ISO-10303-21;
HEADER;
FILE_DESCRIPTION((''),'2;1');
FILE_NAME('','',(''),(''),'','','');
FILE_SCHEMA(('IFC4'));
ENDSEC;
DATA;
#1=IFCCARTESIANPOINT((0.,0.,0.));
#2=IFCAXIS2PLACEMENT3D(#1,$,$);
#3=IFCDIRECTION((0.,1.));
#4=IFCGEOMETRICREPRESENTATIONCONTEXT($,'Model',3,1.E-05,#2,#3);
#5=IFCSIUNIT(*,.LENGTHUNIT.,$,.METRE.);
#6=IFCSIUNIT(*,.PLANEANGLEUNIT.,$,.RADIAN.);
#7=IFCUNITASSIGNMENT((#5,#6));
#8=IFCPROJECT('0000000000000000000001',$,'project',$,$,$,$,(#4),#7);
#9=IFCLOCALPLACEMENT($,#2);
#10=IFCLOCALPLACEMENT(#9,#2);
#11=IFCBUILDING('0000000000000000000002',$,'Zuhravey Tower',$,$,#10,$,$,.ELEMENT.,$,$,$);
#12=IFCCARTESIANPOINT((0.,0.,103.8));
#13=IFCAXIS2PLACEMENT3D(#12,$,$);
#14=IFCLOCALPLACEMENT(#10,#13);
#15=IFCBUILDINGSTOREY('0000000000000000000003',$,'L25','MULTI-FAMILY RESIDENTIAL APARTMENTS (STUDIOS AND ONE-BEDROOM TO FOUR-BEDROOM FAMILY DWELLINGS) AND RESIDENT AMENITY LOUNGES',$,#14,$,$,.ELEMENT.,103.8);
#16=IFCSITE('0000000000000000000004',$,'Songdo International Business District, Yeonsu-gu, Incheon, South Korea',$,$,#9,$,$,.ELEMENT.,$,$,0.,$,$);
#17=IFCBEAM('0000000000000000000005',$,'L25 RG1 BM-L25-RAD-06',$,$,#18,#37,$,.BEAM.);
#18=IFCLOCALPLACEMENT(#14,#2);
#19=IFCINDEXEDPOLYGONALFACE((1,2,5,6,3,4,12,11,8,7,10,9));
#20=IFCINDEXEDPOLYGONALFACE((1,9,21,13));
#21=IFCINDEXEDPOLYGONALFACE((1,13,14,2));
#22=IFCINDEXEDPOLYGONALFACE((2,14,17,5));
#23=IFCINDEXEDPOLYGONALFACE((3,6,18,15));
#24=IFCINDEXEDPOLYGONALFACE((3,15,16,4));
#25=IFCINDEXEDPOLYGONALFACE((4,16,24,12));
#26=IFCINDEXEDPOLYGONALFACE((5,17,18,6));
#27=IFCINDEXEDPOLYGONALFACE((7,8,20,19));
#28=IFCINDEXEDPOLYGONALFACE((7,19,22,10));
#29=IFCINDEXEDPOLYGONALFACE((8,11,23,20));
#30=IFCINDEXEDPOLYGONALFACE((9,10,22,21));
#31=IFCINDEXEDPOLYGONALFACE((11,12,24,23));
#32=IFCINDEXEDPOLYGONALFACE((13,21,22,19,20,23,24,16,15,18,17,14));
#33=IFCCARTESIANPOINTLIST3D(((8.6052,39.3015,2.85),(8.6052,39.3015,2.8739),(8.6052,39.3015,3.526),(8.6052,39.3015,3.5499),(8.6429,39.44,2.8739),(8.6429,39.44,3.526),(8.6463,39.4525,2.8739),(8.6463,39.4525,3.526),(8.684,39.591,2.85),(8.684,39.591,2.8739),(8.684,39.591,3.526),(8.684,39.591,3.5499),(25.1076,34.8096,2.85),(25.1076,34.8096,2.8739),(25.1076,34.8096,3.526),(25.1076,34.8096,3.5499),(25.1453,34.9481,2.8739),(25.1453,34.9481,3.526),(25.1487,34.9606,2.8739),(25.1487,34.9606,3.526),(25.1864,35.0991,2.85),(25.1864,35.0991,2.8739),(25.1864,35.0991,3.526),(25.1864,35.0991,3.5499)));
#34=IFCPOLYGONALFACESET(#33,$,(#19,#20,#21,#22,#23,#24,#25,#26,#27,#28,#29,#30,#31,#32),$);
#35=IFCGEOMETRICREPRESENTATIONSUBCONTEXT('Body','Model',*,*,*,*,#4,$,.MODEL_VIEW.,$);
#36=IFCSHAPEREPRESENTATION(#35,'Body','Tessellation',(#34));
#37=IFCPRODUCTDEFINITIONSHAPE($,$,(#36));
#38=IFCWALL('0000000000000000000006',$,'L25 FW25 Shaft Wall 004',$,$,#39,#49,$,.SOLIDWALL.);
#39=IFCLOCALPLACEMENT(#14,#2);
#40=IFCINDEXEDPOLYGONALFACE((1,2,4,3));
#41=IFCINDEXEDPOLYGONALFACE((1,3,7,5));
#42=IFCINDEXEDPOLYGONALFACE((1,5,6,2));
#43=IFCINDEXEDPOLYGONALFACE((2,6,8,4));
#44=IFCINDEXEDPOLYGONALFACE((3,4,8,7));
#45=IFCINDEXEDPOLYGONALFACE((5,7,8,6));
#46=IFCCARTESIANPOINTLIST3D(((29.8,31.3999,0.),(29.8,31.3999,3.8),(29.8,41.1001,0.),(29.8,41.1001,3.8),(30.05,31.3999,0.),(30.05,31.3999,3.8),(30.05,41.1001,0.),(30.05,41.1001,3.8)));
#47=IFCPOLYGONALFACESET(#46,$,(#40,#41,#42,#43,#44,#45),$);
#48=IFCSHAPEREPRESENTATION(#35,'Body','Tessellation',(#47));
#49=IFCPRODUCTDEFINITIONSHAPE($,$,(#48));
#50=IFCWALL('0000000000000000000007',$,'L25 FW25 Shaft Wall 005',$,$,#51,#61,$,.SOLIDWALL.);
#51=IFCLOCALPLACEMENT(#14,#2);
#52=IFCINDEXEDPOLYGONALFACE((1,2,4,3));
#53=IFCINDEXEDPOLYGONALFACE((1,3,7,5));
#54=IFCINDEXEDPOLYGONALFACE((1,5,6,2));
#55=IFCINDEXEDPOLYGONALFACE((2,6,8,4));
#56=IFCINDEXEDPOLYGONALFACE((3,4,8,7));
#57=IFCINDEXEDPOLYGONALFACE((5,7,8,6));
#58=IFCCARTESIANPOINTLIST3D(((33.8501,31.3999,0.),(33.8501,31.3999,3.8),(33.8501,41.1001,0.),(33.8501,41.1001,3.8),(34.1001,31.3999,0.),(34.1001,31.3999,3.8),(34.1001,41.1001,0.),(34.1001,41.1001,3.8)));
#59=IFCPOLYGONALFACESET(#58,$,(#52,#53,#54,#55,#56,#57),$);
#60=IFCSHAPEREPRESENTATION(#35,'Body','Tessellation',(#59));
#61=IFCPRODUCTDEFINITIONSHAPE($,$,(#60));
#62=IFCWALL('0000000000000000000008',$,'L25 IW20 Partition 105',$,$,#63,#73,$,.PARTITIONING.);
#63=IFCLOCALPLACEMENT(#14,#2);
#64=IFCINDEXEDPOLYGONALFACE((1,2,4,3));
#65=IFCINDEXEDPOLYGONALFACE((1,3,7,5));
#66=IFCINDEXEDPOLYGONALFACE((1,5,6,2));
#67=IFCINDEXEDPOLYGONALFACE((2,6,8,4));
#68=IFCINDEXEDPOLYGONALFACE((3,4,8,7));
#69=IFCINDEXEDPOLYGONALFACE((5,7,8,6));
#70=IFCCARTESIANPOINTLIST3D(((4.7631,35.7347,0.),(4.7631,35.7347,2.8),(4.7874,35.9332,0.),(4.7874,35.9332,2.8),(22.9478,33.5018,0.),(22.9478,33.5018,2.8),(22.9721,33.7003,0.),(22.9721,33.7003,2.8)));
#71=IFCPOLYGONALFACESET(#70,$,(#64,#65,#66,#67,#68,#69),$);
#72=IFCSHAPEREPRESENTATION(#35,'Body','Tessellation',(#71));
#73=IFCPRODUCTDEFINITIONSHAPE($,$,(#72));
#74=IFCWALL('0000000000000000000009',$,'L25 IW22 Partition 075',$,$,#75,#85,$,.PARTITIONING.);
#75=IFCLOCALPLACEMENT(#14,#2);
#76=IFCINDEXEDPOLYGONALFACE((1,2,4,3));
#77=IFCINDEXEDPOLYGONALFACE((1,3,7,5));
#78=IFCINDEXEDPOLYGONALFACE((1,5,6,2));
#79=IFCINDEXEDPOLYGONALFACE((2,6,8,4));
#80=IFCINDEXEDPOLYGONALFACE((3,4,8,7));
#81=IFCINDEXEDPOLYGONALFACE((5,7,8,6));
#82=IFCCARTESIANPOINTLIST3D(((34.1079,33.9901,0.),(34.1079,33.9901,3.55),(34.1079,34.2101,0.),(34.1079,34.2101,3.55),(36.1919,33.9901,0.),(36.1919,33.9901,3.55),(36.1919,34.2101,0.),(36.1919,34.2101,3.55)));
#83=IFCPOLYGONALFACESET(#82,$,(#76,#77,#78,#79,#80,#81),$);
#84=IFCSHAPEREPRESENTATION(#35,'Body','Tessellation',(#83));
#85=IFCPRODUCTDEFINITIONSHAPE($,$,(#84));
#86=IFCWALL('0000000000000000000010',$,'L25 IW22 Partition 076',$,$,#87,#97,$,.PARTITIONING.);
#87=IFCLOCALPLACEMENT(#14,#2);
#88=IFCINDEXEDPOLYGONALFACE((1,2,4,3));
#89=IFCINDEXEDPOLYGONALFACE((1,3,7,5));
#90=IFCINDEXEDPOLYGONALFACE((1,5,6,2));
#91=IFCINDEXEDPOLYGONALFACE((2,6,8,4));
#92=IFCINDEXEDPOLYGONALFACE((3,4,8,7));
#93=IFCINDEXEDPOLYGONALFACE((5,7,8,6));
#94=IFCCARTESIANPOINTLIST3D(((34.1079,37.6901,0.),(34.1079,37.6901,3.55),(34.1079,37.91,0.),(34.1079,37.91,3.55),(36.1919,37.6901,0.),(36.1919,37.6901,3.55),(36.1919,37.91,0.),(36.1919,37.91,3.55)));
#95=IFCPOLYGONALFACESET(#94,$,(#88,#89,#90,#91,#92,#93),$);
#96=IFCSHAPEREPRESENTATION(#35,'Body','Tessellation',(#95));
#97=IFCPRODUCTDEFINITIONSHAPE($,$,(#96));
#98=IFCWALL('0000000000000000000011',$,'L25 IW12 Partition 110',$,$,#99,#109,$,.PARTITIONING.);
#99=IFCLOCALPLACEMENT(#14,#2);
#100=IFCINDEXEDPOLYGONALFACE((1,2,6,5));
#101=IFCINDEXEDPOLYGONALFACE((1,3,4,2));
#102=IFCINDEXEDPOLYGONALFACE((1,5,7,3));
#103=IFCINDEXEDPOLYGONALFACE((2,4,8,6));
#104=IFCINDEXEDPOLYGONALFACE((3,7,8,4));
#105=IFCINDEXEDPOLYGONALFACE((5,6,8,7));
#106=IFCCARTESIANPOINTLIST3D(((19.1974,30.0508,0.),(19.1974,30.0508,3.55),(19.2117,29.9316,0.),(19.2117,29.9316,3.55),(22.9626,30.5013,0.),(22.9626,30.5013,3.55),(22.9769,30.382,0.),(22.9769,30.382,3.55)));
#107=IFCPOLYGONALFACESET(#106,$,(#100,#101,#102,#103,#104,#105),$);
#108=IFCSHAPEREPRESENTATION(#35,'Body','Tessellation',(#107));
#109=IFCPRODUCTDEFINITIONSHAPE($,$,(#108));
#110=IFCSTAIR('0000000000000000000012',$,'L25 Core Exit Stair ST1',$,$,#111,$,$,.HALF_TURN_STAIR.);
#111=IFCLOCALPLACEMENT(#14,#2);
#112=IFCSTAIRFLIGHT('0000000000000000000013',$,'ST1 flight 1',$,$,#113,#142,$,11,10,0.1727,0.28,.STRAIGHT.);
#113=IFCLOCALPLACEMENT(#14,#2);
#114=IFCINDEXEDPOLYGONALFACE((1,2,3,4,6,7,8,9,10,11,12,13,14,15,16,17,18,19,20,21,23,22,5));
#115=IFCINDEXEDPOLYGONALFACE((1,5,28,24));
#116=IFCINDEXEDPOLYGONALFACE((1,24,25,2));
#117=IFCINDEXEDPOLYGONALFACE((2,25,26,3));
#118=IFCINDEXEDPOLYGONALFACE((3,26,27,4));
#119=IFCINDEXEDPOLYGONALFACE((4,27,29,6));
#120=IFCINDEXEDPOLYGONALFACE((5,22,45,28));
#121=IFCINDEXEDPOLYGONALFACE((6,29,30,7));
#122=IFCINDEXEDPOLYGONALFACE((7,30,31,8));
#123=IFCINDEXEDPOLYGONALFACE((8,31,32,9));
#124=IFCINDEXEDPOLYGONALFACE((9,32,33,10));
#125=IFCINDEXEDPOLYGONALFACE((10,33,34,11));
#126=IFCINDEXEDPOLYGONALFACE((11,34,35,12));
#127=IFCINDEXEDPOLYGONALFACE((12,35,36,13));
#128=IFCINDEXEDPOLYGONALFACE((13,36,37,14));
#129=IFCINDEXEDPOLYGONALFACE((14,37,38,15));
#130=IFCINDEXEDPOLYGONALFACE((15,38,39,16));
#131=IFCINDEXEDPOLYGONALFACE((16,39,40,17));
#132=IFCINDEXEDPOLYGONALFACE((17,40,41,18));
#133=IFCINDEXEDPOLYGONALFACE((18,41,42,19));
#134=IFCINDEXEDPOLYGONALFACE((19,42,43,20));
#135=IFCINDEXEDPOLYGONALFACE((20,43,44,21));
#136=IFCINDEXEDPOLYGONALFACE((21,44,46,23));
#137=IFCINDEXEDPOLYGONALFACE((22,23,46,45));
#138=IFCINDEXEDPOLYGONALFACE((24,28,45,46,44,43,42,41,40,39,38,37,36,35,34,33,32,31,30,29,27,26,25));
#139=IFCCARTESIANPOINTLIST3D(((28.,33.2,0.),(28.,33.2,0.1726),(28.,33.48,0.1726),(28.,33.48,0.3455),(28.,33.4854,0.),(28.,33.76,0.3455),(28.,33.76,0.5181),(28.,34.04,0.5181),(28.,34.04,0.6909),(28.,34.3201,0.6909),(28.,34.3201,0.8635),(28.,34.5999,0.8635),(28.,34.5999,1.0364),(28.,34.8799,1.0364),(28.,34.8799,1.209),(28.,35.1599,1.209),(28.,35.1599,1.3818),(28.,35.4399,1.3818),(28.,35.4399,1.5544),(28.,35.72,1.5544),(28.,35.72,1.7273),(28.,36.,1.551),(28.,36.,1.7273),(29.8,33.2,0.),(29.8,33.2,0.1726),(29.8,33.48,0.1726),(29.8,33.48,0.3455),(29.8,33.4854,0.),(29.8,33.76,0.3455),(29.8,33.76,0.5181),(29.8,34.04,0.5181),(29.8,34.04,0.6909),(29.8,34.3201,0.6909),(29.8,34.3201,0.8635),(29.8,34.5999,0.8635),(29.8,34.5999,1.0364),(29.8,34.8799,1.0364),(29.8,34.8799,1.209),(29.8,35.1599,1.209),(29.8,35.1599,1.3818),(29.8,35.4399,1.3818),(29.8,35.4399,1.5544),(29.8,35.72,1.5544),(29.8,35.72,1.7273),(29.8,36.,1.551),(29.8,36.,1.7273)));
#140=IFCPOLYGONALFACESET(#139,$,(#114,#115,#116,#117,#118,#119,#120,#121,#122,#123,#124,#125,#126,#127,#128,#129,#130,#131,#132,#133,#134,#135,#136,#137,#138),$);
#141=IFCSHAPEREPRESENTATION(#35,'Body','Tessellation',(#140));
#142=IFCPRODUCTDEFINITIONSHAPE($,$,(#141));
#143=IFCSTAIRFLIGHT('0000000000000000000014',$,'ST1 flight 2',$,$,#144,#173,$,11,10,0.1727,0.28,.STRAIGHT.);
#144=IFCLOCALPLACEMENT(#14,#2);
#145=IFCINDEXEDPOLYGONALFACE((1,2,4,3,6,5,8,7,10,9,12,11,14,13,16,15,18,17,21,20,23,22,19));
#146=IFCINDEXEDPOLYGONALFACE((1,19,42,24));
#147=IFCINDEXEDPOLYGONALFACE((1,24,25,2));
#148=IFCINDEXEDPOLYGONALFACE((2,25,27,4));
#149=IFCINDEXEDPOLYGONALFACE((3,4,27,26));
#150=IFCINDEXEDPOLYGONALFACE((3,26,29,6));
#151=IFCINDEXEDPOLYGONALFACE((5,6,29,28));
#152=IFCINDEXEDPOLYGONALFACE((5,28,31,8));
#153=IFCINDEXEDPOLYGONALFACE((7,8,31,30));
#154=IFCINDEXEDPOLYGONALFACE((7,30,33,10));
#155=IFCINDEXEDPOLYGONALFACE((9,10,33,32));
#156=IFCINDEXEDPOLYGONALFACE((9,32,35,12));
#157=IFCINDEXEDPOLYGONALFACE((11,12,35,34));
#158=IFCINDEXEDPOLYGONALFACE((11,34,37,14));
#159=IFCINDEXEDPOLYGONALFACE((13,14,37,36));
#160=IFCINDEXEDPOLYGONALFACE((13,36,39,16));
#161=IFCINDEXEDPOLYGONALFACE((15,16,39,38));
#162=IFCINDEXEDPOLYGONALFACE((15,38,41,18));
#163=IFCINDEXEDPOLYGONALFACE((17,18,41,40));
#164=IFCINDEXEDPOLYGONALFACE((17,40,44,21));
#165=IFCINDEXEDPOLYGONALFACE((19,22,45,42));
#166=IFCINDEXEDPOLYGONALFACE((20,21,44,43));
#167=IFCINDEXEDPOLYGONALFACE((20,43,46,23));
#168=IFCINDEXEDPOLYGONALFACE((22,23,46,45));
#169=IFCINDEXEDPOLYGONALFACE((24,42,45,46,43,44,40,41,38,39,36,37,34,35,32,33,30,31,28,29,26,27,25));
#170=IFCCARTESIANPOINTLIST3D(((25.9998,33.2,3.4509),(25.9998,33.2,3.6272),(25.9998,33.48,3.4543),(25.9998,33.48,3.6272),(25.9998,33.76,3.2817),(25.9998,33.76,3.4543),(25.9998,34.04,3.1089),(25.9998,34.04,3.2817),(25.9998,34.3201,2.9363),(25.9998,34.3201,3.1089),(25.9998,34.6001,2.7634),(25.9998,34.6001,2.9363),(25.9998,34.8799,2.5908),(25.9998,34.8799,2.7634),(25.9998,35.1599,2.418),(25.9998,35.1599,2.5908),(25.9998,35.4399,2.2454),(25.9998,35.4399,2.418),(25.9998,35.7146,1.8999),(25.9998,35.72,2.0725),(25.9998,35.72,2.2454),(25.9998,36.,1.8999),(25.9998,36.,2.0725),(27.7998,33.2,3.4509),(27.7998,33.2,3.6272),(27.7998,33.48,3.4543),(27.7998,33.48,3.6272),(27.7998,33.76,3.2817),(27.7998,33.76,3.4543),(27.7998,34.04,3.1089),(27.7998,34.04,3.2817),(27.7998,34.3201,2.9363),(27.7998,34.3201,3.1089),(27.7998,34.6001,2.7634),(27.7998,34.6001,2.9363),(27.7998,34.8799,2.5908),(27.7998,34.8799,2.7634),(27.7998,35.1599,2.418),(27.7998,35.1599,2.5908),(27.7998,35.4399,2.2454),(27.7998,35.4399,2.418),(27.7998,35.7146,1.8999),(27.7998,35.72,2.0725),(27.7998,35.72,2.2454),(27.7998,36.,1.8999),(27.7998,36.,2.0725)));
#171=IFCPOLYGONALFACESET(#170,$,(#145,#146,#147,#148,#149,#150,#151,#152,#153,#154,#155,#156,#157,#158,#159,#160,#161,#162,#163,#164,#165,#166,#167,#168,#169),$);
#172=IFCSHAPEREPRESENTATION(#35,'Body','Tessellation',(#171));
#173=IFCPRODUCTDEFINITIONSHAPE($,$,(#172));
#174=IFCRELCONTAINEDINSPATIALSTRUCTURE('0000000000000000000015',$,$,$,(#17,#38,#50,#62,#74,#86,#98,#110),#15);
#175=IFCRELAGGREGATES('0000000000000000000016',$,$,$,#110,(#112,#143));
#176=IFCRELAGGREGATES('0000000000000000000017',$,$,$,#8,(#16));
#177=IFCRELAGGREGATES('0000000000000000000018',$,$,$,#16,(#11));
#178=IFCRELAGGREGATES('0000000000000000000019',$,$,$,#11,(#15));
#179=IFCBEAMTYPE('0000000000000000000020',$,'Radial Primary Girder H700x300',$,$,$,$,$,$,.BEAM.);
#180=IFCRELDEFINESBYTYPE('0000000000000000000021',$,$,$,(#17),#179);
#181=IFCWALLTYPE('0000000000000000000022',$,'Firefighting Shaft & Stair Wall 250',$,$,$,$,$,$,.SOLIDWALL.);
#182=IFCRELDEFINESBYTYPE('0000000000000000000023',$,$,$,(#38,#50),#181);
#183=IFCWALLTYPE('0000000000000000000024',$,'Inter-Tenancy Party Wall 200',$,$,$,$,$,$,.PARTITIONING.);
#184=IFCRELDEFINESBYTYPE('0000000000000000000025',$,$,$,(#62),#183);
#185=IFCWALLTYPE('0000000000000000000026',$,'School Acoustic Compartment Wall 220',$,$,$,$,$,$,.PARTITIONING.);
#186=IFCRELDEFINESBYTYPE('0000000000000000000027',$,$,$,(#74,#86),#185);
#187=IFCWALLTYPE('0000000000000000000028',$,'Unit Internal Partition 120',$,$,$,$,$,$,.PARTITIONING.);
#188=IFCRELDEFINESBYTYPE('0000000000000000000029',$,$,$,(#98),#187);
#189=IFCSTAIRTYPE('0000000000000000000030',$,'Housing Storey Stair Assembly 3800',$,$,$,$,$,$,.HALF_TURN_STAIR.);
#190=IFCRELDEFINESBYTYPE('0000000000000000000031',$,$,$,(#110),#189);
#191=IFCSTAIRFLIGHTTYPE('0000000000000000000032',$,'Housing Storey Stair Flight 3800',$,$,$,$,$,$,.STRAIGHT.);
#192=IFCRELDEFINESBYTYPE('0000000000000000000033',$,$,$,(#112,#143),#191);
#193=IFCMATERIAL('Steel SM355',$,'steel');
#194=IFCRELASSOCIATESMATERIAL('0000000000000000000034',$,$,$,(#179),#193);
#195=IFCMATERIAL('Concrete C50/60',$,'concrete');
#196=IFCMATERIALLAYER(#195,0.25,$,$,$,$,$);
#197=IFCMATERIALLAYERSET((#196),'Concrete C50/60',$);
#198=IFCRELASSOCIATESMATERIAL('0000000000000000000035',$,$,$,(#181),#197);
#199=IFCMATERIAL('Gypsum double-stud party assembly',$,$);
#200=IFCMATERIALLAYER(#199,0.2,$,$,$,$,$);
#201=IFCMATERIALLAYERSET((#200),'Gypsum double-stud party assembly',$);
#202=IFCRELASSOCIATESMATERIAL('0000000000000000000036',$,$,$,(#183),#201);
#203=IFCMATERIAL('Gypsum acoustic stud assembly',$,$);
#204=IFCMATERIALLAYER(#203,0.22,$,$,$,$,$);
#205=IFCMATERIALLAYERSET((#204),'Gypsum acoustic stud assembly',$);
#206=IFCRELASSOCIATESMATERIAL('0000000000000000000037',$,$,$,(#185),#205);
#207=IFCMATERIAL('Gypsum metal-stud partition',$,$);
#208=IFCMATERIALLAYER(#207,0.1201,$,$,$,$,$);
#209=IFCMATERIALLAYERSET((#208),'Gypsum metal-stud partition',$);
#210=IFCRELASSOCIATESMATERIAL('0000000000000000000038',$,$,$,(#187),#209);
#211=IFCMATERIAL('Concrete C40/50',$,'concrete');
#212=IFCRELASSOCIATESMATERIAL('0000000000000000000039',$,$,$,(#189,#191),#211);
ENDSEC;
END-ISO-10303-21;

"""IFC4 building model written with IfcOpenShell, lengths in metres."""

from ifc_helpers import new_model, si_unit, direction, frame, frame_2d, origin, origin_2d, place, context, subcontext, project, spatial, polyline, rectangle, i_section, outline, extrude, material, layer, layer_set, material_profile, profile_set, type_object, element, aggregate, save


model = new_model("IFC4")

# Units and contexts
model_context = context("Model", 3, precision=1e-05, world=origin(), true_north=direction((0.0, 1.0)))
body_context = subcontext(model_context, "Body", "Model", "MODEL_VIEW")
ifc_project = project(units=[si_unit("LENGTHUNIT", "METRE"), si_unit("PLANEANGLEUNIT", "RADIAN")], contexts=[model_context])

# Site, building, storey
site_placement = place(None, origin())
site = spatial("IfcSite", under=ifc_project, at=site_placement, Name="Songdo International Business District, Yeonsu-gu, Incheon, South Korea", CompositionType="ELEMENT", RefElevation=0.0)
building_placement = place(site_placement, origin())
building = spatial("IfcBuilding", under=site, at=building_placement, Name="Zuhravey Tower", CompositionType="ELEMENT")
storey_placement = place(building_placement, frame((0.0, 0.0, 103.8)))
storey = spatial("IfcBuildingStorey", under=building, at=storey_placement, Name="L25", Description="MULTI-FAMILY RESIDENTIAL APARTMENTS (STUDIOS AND ONE-BEDROOM TO FOUR-BEDROOM FAMILY DWELLINGS) AND RESIDENT AMENITY LOUNGES", CompositionType="ELEMENT", Elevation=103.8)

# Beam
ifc_material_1 = material(Name="Steel SM355", Category="steel")
ifc_material_profile = material_profile(ifc_material_1, i_section(OverallWidth=0.3, OverallDepth=0.7, WebThickness=0.0129, FlangeThickness=0.0239, at=origin_2d()), Name="H-700x300x13x24")
ifc_profile_set = profile_set([ifc_material_profile], Name="Steel SM355")
beam_type = type_object("IfcBeamType", Name="Radial Primary Girder H700x300", PredefinedType="BEAM", material=ifc_profile_set)
beam_placement = place(storey_placement, frame((25.147, 34.9543, 3.2), z_axis=(-0.964893, 0.262643, 0.0), x_axis=(-0.262643, -0.964893, 0.0)))
element("IfcBeam", 1, at=beam_placement, inside=storey, type_object=beam_type, Name="L25 RG1 BM-L25-RAD-06", PredefinedType="BEAM", context=body_context, shape_type="SweptSolid", body=[
    extrude(i_section(OverallWidth=0.3, OverallDepth=0.7, WebThickness=0.0129, FlangeThickness=0.0239, at=origin_2d()), origin(), (0.0, 0.0, 1.0), 17.1028),
])

# Shared definitions
ifc_material_2 = material(Name="Concrete C50/60", Category="concrete")
ifc_layer_1 = layer(ifc_material_2, 0.25)
ifc_layer_set_1 = layer_set([ifc_layer_1], Name="Concrete C50/60")
wall_type_1 = type_object("IfcWallType", Name="Firefighting Shaft & Stair Wall 250", PredefinedType="SOLIDWALL", material=ifc_layer_set_1)

# Walls
for number, where, z_axis, x_axis, name in (
    (2, (29.925, 31.3999, 0.0), (0.0, 0.0, 1.0), (0.0, 1.0, 0.0), "L25 FW25 Shaft Wall 004"),
    (3, (33.9751, 31.3999, 0.0), (0.0, 0.0, 1.0), (0.0, 1.0, 0.0), "L25 FW25 Shaft Wall 005"),
):
    element("IfcWall", number, at=place(storey_placement, frame(where, z_axis=z_axis, x_axis=x_axis)), inside=storey, type_object=wall_type_1, Name=name, PredefinedType="SOLIDWALL", context=body_context, shape_type="SweptSolid", body=[
        extrude(rectangle(XDim=9.7002, YDim=0.25, at=frame_2d((4.8501, 0.0))), origin(), (0.0, 0.0, 1.0), 3.8),
    ])
ifc_material_3 = material(Name="Gypsum double-stud party assembly")
ifc_layer_2 = layer(ifc_material_3, 0.2)
ifc_layer_set_2 = layer_set([ifc_layer_2], Name="Gypsum double-stud party assembly")
wall_type_2 = type_object("IfcWallType", Name="Inter-Tenancy Party Wall 200", PredefinedType="PARTITIONING", material=ifc_layer_set_2)
wall_1_placement = place(storey_placement, frame((22.96, 33.6011, 0.0), z_axis=(0.0, 0.0, 1.0), x_axis=(-0.992546, 0.121874, 0.0)))
element("IfcWall", 4, at=wall_1_placement, inside=storey, type_object=wall_type_2, Name="L25 IW20 Partition 105", PredefinedType="PARTITIONING", context=body_context, shape_type="SweptSolid", body=[
    extrude(rectangle(XDim=18.3213, YDim=0.2, at=frame_2d((9.1606, 0.0))), origin(), (0.0, 0.0, 1.0), 2.8),
])
ifc_material_4 = material(Name="Gypsum acoustic stud assembly")
ifc_layer_3 = layer(ifc_material_4, 0.22)
ifc_layer_set_3 = layer_set([ifc_layer_3], Name="Gypsum acoustic stud assembly")
wall_type_3 = type_object("IfcWallType", Name="School Acoustic Compartment Wall 220", PredefinedType="PARTITIONING", material=ifc_layer_set_3)
for number, where, z_axis, x_axis, name in (
    (5, (34.1079, 34.1001, 0.0), (0.0, 0.0, 1.0), (1.0, 0.0, 0.0), "L25 IW22 Partition 075"),
    (6, (34.1079, 37.8, 0.0), (0.0, 0.0, 1.0), (1.0, 0.0, 0.0), "L25 IW22 Partition 076"),
):
    element("IfcWall", number, at=place(storey_placement, frame(where, z_axis=z_axis, x_axis=x_axis)), inside=storey, type_object=wall_type_3, Name=name, PredefinedType="PARTITIONING", context=body_context, shape_type="SweptSolid", body=[
        extrude(rectangle(XDim=2.084, YDim=0.22, at=frame_2d((1.042, 0.0))), origin(), (0.0, 0.0, 1.0), 3.55),
    ])
ifc_material_5 = material(Name="Gypsum metal-stud partition")
ifc_layer_4 = layer(ifc_material_5, 0.1201)
ifc_layer_set_4 = layer_set([ifc_layer_4], Name="Gypsum metal-stud partition")
wall_type_4 = type_object("IfcWallType", Name="Unit Internal Partition 120", PredefinedType="PARTITIONING", material=ifc_layer_set_4)
wall_2_placement = place(storey_placement, frame((22.9697, 30.4417, 0.0), z_axis=(0.0, 0.0, 1.0), x_axis=(-0.99292, -0.118787, 0.0)))
element("IfcWall", 7, at=wall_2_placement, inside=storey, type_object=wall_type_4, Name="L25 IW12 Partition 110", PredefinedType="PARTITIONING", context=body_context, shape_type="SweptSolid", body=[
    extrude(rectangle(XDim=3.792, YDim=0.1201, at=frame_2d((1.896, 0.0))), origin(), (0.0, 0.0, 1.0), 3.55),
])

# Stair, stair flights
ifc_material_6 = material(Name="Concrete C40/50", Category="concrete")
stair_type = type_object("IfcStairType", Name="Housing Storey Stair Assembly 3800", PredefinedType="HALF_TURN_STAIR", material=ifc_material_6)
stair_1_placement = place(storey_placement, origin())
stair_1 = element("IfcStair", 8, at=stair_1_placement, inside=storey, type_object=stair_type, Name="L25 Core Exit Stair ST1", PredefinedType="HALF_TURN_STAIR")
stair_flight_type = type_object("IfcStairFlightType", Name="Housing Storey Stair Flight 3800", PredefinedType="STRAIGHT", material=ifc_material_6)
stair_flight_1_placement = place(storey_placement, frame((28.8999, 33.2, 0.0), z_axis=(0.0, 0.0, 1.0), x_axis=(0.0, 1.0, 0.0)))
stair_flight_1 = element("IfcStairFlight", 9, at=stair_flight_1_placement, type_object=stair_flight_type, Name="ST1 flight 1", NumberOfRisers=11, NumberOfTreads=10, PredefinedType="STRAIGHT", RiserHeight=0.1727, TreadLength=0.28, context=body_context, shape_type="SweptSolid", body=[
    extrude(outline(polyline([(0.0, 0.0), (0.0, 0.1726), (0.28, 0.1726), (0.28, 0.3455), (0.5601, 0.3455), (0.5601, 0.5181), (0.8401, 0.5181), (0.8401, 0.6909), (1.1201, 0.6909), (1.1201, 0.8635), (1.3999, 0.8635), (1.3999, 1.0364), (1.6799, 1.0364), (1.6799, 1.209), (1.96, 1.209), (1.96, 1.3818), (2.24, 1.3818), (2.24, 1.5544), (2.52, 1.5544), (2.52, 1.7273), (2.8, 1.7273), (2.8, 1.8999), (2.8, 1.551), (0.2854, 0.0), (0.0, 0.0)])), frame((0.0, 0.8999, 0.0), z_axis=(0.0, -1.0, 0.0), x_axis=(1.0, 0.0, 0.0)), (0.0, 0.0, 1.0), 1.8),
])
stair_flight_2_placement = place(storey_placement, frame((26.8999, 36.0, 1.8999), z_axis=(0.0, 0.0, 1.0), x_axis=(0.0, -1.0, 0.0)))
stair_flight_2 = element("IfcStairFlight", 10, at=stair_flight_2_placement, type_object=stair_flight_type, Name="ST1 flight 2", NumberOfRisers=11, NumberOfTreads=10, PredefinedType="STRAIGHT", RiserHeight=0.1727, TreadLength=0.28, context=body_context, shape_type="SweptSolid", body=[
    extrude(outline(polyline([(0.0, 0.0), (0.0, 0.1726), (0.28, 0.1726), (0.28, 0.3455), (0.5601, 0.3455), (0.5601, 0.5181), (0.8401, 0.5181), (0.8401, 0.6909), (1.1201, 0.6909), (1.1201, 0.8635), (1.3999, 0.8635), (1.3999, 1.0364), (1.6799, 1.0364), (1.6799, 1.209), (1.96, 1.209), (1.96, 1.3818), (2.24, 1.3818), (2.24, 1.5544), (2.52, 1.5544), (2.52, 1.7273), (2.8, 1.7273), (2.8, 1.8999), (2.8, 1.551), (0.2854, 0.0), (0.0, 0.0)])), frame((0.0, 0.8999, 0.0), z_axis=(0.0, -1.0, 0.0), x_axis=(1.0, 0.0, 0.0)), (0.0, 0.0, 1.0), 1.8),
])
aggregate(stair_1, [stair_flight_1, stair_flight_2])

save(model, "model.ifc")
